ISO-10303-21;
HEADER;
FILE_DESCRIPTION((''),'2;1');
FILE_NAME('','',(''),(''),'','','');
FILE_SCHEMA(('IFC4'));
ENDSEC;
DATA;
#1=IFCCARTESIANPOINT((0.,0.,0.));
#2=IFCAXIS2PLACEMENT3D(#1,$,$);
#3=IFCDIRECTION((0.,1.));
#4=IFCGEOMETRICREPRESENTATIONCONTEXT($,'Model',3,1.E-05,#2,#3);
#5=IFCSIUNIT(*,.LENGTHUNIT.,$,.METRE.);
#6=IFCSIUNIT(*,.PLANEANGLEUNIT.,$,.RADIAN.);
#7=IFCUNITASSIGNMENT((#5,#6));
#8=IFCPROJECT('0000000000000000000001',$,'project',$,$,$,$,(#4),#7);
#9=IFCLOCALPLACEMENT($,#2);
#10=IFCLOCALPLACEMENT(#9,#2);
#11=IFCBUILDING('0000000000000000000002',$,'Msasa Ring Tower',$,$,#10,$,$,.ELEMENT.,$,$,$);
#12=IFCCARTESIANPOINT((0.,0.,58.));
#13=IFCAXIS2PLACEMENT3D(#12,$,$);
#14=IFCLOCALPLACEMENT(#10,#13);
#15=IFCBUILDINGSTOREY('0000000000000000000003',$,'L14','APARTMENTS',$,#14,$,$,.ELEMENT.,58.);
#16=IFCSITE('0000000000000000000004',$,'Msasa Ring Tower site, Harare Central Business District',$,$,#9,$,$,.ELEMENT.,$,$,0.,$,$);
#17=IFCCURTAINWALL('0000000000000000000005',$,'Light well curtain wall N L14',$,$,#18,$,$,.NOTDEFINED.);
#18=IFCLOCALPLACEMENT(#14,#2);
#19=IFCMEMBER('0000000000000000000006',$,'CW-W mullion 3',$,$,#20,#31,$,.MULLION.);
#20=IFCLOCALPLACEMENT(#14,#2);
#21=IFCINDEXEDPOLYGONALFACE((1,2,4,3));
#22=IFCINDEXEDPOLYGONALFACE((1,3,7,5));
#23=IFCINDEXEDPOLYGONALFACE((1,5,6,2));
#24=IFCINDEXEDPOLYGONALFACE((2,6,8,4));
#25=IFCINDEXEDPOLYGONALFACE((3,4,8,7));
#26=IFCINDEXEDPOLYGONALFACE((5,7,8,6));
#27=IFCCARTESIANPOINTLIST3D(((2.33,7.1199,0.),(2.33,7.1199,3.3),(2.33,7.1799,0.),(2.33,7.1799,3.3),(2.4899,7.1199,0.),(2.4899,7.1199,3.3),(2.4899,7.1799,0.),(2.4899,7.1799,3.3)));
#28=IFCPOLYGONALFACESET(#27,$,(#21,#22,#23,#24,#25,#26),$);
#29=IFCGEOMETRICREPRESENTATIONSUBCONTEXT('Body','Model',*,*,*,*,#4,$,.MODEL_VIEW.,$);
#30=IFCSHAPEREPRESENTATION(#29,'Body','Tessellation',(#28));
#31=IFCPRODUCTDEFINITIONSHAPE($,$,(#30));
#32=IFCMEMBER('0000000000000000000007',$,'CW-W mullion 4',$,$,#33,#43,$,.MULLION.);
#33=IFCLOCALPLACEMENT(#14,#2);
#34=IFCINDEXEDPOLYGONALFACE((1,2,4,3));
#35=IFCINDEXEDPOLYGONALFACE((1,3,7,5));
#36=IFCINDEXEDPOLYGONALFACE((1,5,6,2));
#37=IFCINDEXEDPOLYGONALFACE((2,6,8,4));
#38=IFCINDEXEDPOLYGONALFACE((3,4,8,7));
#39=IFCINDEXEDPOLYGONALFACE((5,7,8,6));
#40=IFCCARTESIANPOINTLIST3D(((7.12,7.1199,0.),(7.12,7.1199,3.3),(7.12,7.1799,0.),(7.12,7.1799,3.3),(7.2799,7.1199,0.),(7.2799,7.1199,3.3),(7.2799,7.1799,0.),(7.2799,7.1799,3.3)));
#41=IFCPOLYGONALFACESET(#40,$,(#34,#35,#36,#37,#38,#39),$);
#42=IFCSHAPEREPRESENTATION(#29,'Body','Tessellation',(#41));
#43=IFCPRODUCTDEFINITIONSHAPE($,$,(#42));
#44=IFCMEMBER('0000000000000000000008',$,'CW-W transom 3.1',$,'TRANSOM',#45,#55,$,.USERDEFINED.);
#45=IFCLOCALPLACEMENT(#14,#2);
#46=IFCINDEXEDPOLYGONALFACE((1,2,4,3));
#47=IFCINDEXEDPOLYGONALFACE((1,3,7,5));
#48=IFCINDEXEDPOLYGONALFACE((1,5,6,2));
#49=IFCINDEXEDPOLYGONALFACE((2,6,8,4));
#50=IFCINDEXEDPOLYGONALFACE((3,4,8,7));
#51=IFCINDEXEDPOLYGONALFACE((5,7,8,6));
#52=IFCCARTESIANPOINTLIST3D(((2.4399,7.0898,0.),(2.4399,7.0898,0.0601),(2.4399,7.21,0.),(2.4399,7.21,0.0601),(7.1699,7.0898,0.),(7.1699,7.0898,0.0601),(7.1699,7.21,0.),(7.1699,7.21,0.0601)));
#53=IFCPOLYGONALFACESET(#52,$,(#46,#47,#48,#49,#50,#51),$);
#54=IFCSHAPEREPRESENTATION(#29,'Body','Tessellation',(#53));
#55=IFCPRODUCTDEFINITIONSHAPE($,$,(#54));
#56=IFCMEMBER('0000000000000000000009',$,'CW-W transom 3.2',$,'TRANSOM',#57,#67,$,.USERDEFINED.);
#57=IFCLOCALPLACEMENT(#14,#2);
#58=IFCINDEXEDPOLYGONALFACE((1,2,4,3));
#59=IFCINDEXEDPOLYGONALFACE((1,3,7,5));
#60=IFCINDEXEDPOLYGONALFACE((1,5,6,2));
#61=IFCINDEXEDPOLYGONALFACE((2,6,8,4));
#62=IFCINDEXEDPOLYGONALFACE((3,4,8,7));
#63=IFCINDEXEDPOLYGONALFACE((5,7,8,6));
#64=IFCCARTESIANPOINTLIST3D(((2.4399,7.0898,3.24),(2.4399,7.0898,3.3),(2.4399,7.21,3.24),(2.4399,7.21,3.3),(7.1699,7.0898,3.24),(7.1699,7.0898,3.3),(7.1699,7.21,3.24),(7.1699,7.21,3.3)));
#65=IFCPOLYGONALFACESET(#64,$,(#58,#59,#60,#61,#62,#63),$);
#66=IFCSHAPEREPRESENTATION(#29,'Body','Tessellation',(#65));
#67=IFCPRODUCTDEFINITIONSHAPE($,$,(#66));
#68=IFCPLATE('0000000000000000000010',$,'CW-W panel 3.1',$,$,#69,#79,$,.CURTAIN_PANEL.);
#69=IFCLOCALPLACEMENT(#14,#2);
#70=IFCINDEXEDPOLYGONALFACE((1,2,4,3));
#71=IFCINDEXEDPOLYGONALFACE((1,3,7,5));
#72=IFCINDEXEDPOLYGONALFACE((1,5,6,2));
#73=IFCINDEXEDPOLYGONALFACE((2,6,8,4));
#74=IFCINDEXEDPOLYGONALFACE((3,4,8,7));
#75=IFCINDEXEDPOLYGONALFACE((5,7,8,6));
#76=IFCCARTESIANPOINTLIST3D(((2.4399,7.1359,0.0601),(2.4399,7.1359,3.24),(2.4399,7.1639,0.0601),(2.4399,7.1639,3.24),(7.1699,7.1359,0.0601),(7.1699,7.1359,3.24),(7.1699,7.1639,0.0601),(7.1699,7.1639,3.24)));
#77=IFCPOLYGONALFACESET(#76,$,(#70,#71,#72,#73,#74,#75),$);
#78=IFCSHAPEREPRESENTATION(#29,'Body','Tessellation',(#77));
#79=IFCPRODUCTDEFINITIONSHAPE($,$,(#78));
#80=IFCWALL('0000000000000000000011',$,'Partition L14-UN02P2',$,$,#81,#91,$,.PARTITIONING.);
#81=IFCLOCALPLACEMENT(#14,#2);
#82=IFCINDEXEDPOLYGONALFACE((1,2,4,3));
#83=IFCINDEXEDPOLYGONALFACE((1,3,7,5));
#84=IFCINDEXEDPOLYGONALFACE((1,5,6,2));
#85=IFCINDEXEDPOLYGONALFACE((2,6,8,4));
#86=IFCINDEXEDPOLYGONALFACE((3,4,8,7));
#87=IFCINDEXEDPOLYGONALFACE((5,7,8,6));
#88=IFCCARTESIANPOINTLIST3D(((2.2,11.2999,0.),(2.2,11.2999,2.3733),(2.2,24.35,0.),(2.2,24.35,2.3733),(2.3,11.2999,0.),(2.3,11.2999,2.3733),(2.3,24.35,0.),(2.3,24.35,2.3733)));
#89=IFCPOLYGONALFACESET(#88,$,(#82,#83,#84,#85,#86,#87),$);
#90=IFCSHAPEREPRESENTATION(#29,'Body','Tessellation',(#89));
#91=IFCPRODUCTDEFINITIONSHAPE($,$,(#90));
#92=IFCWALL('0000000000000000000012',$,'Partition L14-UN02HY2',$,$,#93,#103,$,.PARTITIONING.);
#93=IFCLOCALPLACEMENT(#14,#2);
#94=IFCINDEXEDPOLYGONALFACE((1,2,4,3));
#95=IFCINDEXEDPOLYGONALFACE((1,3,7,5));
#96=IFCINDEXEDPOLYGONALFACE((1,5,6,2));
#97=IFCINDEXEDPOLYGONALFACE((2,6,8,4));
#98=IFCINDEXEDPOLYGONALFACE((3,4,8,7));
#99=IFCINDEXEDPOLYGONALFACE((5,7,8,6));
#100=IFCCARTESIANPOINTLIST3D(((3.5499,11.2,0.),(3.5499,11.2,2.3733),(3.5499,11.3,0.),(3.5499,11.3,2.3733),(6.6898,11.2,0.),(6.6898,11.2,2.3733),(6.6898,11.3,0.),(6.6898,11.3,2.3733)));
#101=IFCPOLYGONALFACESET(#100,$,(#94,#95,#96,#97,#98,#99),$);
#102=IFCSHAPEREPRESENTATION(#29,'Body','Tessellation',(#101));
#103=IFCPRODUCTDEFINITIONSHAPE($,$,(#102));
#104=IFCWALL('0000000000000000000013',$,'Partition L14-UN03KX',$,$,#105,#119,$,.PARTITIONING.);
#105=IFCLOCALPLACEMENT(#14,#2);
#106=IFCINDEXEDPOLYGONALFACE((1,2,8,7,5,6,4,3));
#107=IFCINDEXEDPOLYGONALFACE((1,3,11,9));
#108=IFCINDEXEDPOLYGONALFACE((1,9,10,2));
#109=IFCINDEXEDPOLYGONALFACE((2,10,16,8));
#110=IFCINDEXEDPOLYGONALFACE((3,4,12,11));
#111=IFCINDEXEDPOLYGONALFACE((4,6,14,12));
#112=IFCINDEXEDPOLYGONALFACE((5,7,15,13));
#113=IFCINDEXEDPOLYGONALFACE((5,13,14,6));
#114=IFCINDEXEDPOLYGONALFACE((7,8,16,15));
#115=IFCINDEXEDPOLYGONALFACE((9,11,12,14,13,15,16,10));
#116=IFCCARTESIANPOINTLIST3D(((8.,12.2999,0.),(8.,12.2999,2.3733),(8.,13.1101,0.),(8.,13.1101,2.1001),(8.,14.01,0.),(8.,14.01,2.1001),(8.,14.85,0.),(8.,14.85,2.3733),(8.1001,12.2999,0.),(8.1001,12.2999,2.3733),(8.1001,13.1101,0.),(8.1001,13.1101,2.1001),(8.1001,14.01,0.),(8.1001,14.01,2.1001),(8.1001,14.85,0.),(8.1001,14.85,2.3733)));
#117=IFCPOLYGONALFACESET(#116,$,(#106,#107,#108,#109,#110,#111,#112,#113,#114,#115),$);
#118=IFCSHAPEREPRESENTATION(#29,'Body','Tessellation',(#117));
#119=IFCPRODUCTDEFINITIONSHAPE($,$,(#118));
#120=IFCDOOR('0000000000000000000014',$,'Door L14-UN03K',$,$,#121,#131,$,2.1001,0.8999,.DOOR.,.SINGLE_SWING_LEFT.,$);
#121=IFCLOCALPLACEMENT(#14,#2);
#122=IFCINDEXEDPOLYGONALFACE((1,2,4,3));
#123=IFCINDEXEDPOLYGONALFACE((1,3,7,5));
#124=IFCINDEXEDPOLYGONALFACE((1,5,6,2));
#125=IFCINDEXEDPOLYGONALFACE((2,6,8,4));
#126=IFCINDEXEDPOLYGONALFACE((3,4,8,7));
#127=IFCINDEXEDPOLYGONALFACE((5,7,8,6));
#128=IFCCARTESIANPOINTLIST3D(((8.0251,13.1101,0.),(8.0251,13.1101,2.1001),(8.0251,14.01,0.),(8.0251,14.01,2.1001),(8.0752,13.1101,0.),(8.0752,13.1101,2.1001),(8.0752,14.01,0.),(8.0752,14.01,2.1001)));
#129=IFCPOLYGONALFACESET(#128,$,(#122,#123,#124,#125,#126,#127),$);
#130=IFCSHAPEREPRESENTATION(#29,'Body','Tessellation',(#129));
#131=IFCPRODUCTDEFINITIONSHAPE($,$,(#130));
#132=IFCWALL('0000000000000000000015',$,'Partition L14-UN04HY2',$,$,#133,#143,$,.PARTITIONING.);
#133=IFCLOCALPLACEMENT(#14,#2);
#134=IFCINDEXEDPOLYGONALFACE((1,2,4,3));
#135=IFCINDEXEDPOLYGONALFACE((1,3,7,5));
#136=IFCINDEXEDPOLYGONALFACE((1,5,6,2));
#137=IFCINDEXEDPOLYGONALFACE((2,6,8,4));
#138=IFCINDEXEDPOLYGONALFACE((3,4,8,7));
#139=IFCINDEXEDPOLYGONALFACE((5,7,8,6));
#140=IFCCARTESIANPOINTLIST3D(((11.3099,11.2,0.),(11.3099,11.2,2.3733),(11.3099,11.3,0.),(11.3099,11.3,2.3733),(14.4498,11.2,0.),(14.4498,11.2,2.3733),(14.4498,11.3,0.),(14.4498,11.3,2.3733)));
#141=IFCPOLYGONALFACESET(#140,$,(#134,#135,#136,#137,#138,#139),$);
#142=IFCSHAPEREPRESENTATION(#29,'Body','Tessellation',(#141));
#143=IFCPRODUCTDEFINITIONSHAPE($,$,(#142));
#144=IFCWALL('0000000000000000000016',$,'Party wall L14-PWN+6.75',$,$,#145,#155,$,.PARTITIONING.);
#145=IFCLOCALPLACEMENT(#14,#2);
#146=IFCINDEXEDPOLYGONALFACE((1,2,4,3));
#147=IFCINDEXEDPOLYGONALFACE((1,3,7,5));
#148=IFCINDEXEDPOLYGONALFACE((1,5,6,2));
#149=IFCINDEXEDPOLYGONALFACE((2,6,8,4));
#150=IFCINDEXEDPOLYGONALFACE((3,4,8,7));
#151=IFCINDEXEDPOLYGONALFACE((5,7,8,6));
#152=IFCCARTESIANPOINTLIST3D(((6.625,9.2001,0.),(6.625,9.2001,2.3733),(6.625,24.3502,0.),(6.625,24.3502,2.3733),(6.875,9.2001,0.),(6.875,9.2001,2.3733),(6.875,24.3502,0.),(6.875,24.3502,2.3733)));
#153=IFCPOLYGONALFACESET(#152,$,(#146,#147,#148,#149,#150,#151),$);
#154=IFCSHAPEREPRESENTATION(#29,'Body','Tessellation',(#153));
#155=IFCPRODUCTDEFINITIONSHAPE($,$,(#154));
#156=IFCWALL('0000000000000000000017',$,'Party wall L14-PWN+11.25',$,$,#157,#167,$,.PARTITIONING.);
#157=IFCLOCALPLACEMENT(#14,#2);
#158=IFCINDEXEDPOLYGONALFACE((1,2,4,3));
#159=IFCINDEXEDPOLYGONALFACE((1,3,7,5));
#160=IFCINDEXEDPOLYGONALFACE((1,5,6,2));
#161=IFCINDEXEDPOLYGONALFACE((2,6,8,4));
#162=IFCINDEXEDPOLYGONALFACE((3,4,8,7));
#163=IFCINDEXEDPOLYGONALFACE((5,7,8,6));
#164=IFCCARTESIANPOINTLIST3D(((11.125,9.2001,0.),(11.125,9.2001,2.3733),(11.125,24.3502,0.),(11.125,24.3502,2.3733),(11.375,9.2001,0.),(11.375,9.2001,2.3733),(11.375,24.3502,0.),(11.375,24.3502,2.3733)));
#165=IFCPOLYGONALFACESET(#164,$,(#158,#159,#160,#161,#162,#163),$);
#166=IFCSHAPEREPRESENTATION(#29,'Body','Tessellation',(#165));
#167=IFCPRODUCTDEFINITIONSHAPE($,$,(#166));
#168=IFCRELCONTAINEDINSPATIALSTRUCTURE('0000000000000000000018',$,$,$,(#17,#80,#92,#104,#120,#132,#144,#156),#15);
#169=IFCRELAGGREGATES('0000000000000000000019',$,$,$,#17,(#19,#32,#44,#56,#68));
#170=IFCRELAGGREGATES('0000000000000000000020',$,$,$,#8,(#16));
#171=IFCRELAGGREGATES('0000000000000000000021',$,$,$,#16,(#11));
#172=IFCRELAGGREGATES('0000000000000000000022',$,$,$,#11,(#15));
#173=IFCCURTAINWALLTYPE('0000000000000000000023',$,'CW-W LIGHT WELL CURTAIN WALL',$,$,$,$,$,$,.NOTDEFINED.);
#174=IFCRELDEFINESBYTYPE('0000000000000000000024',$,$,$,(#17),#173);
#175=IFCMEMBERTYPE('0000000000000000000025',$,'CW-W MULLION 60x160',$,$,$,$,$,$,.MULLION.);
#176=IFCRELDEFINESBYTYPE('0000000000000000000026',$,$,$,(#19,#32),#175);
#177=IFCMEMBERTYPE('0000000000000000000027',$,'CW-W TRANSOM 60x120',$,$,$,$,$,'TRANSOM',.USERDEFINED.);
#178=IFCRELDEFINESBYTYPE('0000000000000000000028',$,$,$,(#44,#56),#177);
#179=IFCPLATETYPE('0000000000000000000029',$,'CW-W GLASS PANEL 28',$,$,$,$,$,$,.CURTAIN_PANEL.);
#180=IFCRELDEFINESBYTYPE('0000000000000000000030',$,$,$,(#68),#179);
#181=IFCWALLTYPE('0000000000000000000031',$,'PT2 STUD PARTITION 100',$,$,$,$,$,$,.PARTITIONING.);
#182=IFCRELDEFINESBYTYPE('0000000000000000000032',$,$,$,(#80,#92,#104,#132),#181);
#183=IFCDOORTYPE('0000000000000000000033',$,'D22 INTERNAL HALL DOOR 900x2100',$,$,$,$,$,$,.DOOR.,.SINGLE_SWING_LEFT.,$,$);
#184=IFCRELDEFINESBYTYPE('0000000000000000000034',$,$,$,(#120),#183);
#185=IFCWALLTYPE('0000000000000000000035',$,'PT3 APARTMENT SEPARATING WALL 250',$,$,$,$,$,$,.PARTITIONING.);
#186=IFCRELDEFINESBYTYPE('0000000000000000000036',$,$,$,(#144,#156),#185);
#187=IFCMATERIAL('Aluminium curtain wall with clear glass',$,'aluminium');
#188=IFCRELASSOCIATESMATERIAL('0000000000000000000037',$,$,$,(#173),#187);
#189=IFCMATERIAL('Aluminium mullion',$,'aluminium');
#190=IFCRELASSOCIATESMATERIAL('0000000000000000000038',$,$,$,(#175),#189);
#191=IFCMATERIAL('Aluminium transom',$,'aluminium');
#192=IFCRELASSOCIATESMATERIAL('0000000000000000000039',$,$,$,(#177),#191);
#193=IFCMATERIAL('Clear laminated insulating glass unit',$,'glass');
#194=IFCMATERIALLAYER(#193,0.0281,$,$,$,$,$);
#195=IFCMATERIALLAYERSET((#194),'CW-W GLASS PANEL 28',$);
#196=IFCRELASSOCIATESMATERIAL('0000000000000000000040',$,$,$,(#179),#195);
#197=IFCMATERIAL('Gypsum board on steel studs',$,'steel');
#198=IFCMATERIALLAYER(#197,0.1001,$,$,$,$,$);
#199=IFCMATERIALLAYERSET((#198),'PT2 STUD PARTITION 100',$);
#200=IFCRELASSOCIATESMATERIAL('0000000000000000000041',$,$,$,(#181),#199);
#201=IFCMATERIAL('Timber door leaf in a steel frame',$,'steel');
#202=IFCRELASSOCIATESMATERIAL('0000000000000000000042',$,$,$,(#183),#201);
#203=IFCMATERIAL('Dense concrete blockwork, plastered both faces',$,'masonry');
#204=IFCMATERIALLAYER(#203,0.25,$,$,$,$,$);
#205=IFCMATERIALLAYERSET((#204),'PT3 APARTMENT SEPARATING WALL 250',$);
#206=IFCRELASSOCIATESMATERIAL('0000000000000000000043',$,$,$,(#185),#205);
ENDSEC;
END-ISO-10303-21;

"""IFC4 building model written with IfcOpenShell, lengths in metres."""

from ifc_helpers import new_model, si_unit, direction, frame, frame_2d, origin, origin_2d, place, context, subcontext, project, spatial, rectangle, extrude, material, layer, layer_set, material_profile, profile_set, type_object, element, fill, aggregate, save


model = new_model("IFC4")

# Units and contexts
model_context = context("Model", 3, precision=1e-05, world=origin(), true_north=direction((0.0, 1.0)))
body_context = subcontext(model_context, "Body", "Model", "MODEL_VIEW")
ifc_project = project(units=[si_unit("LENGTHUNIT", "METRE"), si_unit("PLANEANGLEUNIT", "RADIAN")], contexts=[model_context])

# Site, building, storey
site_placement = place(None, origin())
site = spatial("IfcSite", under=ifc_project, at=site_placement, Name="Msasa Ring Tower site, Harare Central Business District", CompositionType="ELEMENT", RefElevation=0.0)
building_placement = place(site_placement, origin())
building = spatial("IfcBuilding", under=site, at=building_placement, Name="Msasa Ring Tower", CompositionType="ELEMENT")
storey_placement = place(building_placement, frame((0.0, 0.0, 58.0)))
storey = spatial("IfcBuildingStorey", under=building, at=storey_placement, Name="L14", Description="APARTMENTS", CompositionType="ELEMENT", Elevation=58.0)

# Curtain wall, members, plate
ifc_material_1 = material(Name="Aluminium curtain wall with clear glass", Category="aluminium")
curtain_wall_type = type_object("IfcCurtainWallType", Name="CW-W LIGHT WELL CURTAIN WALL", PredefinedType="NOTDEFINED", material=ifc_material_1)
curtain_wall_placement = place(storey_placement, origin())
curtain_wall = element("IfcCurtainWall", 1, at=curtain_wall_placement, inside=storey, type_object=curtain_wall_type, Name="Light well curtain wall N L14", PredefinedType="NOTDEFINED")
ifc_material_2 = material(Name="Aluminium mullion", Category="aluminium")
ifc_material_profile_1 = material_profile(ifc_material_2, rectangle(XDim=0.0601, YDim=0.1599, at=origin_2d()), Name="AL 60x160")
ifc_profile_set_1 = profile_set([ifc_material_profile_1], Name="Aluminium mullion")
member_type_1 = type_object("IfcMemberType", Name="CW-W MULLION 60x160", PredefinedType="MULLION", material=ifc_profile_set_1)
member_1_placement = place(storey_placement, frame((2.4099, 7.1499, 0.0), z_axis=(0.0, 0.0, 1.0), x_axis=(0.0, 1.0, 0.0)))
member_1 = element("IfcMember", 2, at=member_1_placement, type_object=member_type_1, Name="CW-W mullion 3", PredefinedType="MULLION", context=body_context, shape_type="SweptSolid", body=[
    extrude(rectangle(XDim=0.0601, YDim=0.1599, at=origin_2d()), origin(), (0.0, 0.0, 1.0), 3.3),
])
member_2_placement = place(storey_placement, frame((7.2, 7.1499, 0.0), z_axis=(0.0, 0.0, 1.0), x_axis=(0.0, 1.0, 0.0)))
member_2 = element("IfcMember", 3, at=member_2_placement, type_object=member_type_1, Name="CW-W mullion 4", PredefinedType="MULLION", context=body_context, shape_type="SweptSolid", body=[
    extrude(rectangle(XDim=0.0601, YDim=0.1599, at=origin_2d()), origin(), (0.0, 0.0, 1.0), 3.3),
])
ifc_material_3 = material(Name="Aluminium transom", Category="aluminium")
ifc_material_profile_2 = material_profile(ifc_material_3, rectangle(XDim=0.1201, YDim=0.0601, at=origin_2d()), Name="AL 60x120")
ifc_profile_set_2 = profile_set([ifc_material_profile_2], Name="Aluminium transom")
member_type_2 = type_object("IfcMemberType", Name="CW-W TRANSOM 60x120", ElementType="TRANSOM", PredefinedType="USERDEFINED", material=ifc_profile_set_2)
member_3_placement = place(storey_placement, frame((2.4399, 7.1499, 0.03), z_axis=(1.0, 0.0, 0.0), x_axis=(0.0, 1.0, 0.0)))
member_3 = element("IfcMember", 4, at=member_3_placement, type_object=member_type_2, Name="CW-W transom 3.1", ObjectType="TRANSOM", PredefinedType="USERDEFINED", context=body_context, shape_type="SweptSolid", body=[
    extrude(rectangle(XDim=0.1201, YDim=0.0601, at=origin_2d()), origin(), (0.0, 0.0, 1.0), 4.73),
])
member_4_placement = place(storey_placement, frame((2.4399, 7.1499, 3.27), z_axis=(1.0, 0.0, 0.0), x_axis=(0.0, 1.0, 0.0)))
member_4 = element("IfcMember", 5, at=member_4_placement, type_object=member_type_2, Name="CW-W transom 3.2", ObjectType="TRANSOM", PredefinedType="USERDEFINED", context=body_context, shape_type="SweptSolid", body=[
    extrude(rectangle(XDim=0.1201, YDim=0.0601, at=origin_2d()), origin(), (0.0, 0.0, 1.0), 4.73),
])
ifc_material_4 = material(Name="Clear laminated insulating glass unit", Category="glass")
ifc_layer_1 = layer(ifc_material_4, 0.0281)
ifc_layer_set_1 = layer_set([ifc_layer_1], Name="CW-W GLASS PANEL 28")
plate_type = type_object("IfcPlateType", Name="CW-W GLASS PANEL 28", PredefinedType="CURTAIN_PANEL", material=ifc_layer_set_1)
plate_placement = place(storey_placement, frame((4.8049, 7.1499, 0.0601), z_axis=(0.0, 0.0, 1.0), x_axis=(1.0, 0.0, 0.0)))
plate = element("IfcPlate", 6, at=plate_placement, type_object=plate_type, Name="CW-W panel 3.1", PredefinedType="CURTAIN_PANEL", context=body_context, shape_type="SweptSolid", body=[
    extrude(rectangle(XDim=4.73, YDim=0.0281, at=origin_2d()), origin(), (0.0, 0.0, 1.0), 3.1799),
])
aggregate(curtain_wall, [member_1, member_2, member_3, member_4, plate])

# Walls
ifc_material_5 = material(Name="Gypsum board on steel studs", Category="steel")
ifc_layer_2 = layer(ifc_material_5, 0.1001)
ifc_layer_set_2 = layer_set([ifc_layer_2], Name="PT2 STUD PARTITION 100")
wall_type_1 = type_object("IfcWallType", Name="PT2 STUD PARTITION 100", PredefinedType="PARTITIONING", material=ifc_layer_set_2)
wall_1_placement = place(storey_placement, frame((2.25, 11.3, 0.0), z_axis=(0.0, 0.0, 1.0), x_axis=(0.0, 1.0, 0.0)))
element("IfcWall", 7, at=wall_1_placement, inside=storey, type_object=wall_type_1, Name="Partition L14-UN02P2", PredefinedType="PARTITIONING", context=body_context, shape_type="SweptSolid", body=[
    extrude(rectangle(XDim=13.05, YDim=0.1001, at=frame_2d((6.5249, 0.0))), origin(), (0.0, 0.0, 1.0), 2.3733),
])
wall_2_placement = place(storey_placement, frame((3.55, 11.25, 0.0), z_axis=(0.0, 0.0, 1.0), x_axis=(1.0, 0.0, 0.0)))
element("IfcWall", 8, at=wall_2_placement, inside=storey, type_object=wall_type_1, Name="Partition L14-UN02HY2", PredefinedType="PARTITIONING", context=body_context, shape_type="SweptSolid", body=[
    extrude(rectangle(XDim=3.1399, YDim=0.1001, at=frame_2d((1.5698, 0.0))), origin(), (0.0, 0.0, 1.0), 2.3733),
])

# Wall, opening, door
wall_3_placement = place(storey_placement, frame((8.05, 12.3, 0.0), z_axis=(0.0, 0.0, 1.0), x_axis=(0.0, 1.0, 0.0)))
wall_3 = element("IfcWall", 9, at=wall_3_placement, inside=storey, type_object=wall_type_1, Name="Partition L14-UN03KX", PredefinedType="PARTITIONING", context=body_context, shape_type="SweptSolid", body=[
    extrude(rectangle(XDim=2.55, YDim=0.1001, at=frame_2d((1.2749, 0.0))), origin(), (0.0, 0.0, 1.0), 2.3733),
])
opening_1_placement = place(wall_3_placement, frame((0.8101, 0.0, 0.0)))
opening_1 = element("IfcOpeningElement", 10, at=opening_1_placement, cuts=wall_3, PredefinedType="OPENING", context=body_context, shape_type="SweptSolid", body=[
    extrude(rectangle(XDim=0.8999, YDim=2.1001, at=frame_2d((0.45, 1.05))), frame((0.0, 0.0601, 0.0), z_axis=(0.0, -1.0, 0.0), x_axis=(1.0, 0.0, 0.0)), (0.0, 0.0, 1.0), 0.1201),
])
ifc_material_6 = material(Name="Timber door leaf in a steel frame", Category="steel")
door_type_1 = type_object("IfcDoorType", Name="D22 INTERNAL HALL DOOR 900x2100", OperationType="SINGLE_SWING_LEFT", PredefinedType="DOOR", material=ifc_material_6)
door_1_placement = place(opening_1_placement, origin())
door_1 = element("IfcDoor", 11, at=door_1_placement, inside=storey, type_object=door_type_1, Name="Door L14-UN03K", OperationType="SINGLE_SWING_LEFT", OverallHeight=2.1001, OverallWidth=0.8999, PredefinedType="DOOR", context=body_context, shape_type="SweptSolid", body=[
    extrude(rectangle(XDim=0.8999, YDim=2.1001, at=frame_2d((0.45, 1.05))), frame((0.0, 0.0249, 0.0), z_axis=(0.0, -1.0, 0.0), x_axis=(1.0, 0.0, 0.0)), (0.0, 0.0, 1.0), 0.05),
])
fill(opening_1, door_1)

# Walls
wall_4_placement = place(storey_placement, frame((11.3101, 11.25, 0.0), z_axis=(0.0, 0.0, 1.0), x_axis=(1.0, 0.0, 0.0)))
element("IfcWall", 12, at=wall_4_placement, inside=storey, type_object=wall_type_1, Name="Partition L14-UN04HY2", PredefinedType="PARTITIONING", context=body_context, shape_type="SweptSolid", body=[
    extrude(rectangle(XDim=3.1399, YDim=0.1001, at=frame_2d((1.5698, 0.0))), origin(), (0.0, 0.0, 1.0), 2.3733),
])
ifc_material_7 = material(Name="Dense concrete blockwork, plastered both faces", Category="masonry")
ifc_layer_3 = layer(ifc_material_7, 0.25)
ifc_layer_set_3 = layer_set([ifc_layer_3], Name="PT3 APARTMENT SEPARATING WALL 250")
wall_type_2 = type_object("IfcWallType", Name="PT3 APARTMENT SEPARATING WALL 250", PredefinedType="PARTITIONING", material=ifc_layer_set_3)
for number, where, z_axis, x_axis, name in (
    (13, (6.75, 9.2, 0.0), (0.0, 0.0, 1.0), (0.0, 1.0, 0.0), "Party wall L14-PWN+6.75"),
    (14, (11.25, 9.2, 0.0), (0.0, 0.0, 1.0), (0.0, 1.0, 0.0), "Party wall L14-PWN+11.25"),
):
    element("IfcWall", number, at=place(storey_placement, frame(where, z_axis=z_axis, x_axis=x_axis)), inside=storey, type_object=wall_type_2, Name=name, PredefinedType="PARTITIONING", context=body_context, shape_type="SweptSolid", body=[
        extrude(rectangle(XDim=15.1501, YDim=0.25, at=frame_2d((7.5752, 0.0))), origin(), (0.0, 0.0, 1.0), 2.3733),
    ])

save(model, "model.ifc")
